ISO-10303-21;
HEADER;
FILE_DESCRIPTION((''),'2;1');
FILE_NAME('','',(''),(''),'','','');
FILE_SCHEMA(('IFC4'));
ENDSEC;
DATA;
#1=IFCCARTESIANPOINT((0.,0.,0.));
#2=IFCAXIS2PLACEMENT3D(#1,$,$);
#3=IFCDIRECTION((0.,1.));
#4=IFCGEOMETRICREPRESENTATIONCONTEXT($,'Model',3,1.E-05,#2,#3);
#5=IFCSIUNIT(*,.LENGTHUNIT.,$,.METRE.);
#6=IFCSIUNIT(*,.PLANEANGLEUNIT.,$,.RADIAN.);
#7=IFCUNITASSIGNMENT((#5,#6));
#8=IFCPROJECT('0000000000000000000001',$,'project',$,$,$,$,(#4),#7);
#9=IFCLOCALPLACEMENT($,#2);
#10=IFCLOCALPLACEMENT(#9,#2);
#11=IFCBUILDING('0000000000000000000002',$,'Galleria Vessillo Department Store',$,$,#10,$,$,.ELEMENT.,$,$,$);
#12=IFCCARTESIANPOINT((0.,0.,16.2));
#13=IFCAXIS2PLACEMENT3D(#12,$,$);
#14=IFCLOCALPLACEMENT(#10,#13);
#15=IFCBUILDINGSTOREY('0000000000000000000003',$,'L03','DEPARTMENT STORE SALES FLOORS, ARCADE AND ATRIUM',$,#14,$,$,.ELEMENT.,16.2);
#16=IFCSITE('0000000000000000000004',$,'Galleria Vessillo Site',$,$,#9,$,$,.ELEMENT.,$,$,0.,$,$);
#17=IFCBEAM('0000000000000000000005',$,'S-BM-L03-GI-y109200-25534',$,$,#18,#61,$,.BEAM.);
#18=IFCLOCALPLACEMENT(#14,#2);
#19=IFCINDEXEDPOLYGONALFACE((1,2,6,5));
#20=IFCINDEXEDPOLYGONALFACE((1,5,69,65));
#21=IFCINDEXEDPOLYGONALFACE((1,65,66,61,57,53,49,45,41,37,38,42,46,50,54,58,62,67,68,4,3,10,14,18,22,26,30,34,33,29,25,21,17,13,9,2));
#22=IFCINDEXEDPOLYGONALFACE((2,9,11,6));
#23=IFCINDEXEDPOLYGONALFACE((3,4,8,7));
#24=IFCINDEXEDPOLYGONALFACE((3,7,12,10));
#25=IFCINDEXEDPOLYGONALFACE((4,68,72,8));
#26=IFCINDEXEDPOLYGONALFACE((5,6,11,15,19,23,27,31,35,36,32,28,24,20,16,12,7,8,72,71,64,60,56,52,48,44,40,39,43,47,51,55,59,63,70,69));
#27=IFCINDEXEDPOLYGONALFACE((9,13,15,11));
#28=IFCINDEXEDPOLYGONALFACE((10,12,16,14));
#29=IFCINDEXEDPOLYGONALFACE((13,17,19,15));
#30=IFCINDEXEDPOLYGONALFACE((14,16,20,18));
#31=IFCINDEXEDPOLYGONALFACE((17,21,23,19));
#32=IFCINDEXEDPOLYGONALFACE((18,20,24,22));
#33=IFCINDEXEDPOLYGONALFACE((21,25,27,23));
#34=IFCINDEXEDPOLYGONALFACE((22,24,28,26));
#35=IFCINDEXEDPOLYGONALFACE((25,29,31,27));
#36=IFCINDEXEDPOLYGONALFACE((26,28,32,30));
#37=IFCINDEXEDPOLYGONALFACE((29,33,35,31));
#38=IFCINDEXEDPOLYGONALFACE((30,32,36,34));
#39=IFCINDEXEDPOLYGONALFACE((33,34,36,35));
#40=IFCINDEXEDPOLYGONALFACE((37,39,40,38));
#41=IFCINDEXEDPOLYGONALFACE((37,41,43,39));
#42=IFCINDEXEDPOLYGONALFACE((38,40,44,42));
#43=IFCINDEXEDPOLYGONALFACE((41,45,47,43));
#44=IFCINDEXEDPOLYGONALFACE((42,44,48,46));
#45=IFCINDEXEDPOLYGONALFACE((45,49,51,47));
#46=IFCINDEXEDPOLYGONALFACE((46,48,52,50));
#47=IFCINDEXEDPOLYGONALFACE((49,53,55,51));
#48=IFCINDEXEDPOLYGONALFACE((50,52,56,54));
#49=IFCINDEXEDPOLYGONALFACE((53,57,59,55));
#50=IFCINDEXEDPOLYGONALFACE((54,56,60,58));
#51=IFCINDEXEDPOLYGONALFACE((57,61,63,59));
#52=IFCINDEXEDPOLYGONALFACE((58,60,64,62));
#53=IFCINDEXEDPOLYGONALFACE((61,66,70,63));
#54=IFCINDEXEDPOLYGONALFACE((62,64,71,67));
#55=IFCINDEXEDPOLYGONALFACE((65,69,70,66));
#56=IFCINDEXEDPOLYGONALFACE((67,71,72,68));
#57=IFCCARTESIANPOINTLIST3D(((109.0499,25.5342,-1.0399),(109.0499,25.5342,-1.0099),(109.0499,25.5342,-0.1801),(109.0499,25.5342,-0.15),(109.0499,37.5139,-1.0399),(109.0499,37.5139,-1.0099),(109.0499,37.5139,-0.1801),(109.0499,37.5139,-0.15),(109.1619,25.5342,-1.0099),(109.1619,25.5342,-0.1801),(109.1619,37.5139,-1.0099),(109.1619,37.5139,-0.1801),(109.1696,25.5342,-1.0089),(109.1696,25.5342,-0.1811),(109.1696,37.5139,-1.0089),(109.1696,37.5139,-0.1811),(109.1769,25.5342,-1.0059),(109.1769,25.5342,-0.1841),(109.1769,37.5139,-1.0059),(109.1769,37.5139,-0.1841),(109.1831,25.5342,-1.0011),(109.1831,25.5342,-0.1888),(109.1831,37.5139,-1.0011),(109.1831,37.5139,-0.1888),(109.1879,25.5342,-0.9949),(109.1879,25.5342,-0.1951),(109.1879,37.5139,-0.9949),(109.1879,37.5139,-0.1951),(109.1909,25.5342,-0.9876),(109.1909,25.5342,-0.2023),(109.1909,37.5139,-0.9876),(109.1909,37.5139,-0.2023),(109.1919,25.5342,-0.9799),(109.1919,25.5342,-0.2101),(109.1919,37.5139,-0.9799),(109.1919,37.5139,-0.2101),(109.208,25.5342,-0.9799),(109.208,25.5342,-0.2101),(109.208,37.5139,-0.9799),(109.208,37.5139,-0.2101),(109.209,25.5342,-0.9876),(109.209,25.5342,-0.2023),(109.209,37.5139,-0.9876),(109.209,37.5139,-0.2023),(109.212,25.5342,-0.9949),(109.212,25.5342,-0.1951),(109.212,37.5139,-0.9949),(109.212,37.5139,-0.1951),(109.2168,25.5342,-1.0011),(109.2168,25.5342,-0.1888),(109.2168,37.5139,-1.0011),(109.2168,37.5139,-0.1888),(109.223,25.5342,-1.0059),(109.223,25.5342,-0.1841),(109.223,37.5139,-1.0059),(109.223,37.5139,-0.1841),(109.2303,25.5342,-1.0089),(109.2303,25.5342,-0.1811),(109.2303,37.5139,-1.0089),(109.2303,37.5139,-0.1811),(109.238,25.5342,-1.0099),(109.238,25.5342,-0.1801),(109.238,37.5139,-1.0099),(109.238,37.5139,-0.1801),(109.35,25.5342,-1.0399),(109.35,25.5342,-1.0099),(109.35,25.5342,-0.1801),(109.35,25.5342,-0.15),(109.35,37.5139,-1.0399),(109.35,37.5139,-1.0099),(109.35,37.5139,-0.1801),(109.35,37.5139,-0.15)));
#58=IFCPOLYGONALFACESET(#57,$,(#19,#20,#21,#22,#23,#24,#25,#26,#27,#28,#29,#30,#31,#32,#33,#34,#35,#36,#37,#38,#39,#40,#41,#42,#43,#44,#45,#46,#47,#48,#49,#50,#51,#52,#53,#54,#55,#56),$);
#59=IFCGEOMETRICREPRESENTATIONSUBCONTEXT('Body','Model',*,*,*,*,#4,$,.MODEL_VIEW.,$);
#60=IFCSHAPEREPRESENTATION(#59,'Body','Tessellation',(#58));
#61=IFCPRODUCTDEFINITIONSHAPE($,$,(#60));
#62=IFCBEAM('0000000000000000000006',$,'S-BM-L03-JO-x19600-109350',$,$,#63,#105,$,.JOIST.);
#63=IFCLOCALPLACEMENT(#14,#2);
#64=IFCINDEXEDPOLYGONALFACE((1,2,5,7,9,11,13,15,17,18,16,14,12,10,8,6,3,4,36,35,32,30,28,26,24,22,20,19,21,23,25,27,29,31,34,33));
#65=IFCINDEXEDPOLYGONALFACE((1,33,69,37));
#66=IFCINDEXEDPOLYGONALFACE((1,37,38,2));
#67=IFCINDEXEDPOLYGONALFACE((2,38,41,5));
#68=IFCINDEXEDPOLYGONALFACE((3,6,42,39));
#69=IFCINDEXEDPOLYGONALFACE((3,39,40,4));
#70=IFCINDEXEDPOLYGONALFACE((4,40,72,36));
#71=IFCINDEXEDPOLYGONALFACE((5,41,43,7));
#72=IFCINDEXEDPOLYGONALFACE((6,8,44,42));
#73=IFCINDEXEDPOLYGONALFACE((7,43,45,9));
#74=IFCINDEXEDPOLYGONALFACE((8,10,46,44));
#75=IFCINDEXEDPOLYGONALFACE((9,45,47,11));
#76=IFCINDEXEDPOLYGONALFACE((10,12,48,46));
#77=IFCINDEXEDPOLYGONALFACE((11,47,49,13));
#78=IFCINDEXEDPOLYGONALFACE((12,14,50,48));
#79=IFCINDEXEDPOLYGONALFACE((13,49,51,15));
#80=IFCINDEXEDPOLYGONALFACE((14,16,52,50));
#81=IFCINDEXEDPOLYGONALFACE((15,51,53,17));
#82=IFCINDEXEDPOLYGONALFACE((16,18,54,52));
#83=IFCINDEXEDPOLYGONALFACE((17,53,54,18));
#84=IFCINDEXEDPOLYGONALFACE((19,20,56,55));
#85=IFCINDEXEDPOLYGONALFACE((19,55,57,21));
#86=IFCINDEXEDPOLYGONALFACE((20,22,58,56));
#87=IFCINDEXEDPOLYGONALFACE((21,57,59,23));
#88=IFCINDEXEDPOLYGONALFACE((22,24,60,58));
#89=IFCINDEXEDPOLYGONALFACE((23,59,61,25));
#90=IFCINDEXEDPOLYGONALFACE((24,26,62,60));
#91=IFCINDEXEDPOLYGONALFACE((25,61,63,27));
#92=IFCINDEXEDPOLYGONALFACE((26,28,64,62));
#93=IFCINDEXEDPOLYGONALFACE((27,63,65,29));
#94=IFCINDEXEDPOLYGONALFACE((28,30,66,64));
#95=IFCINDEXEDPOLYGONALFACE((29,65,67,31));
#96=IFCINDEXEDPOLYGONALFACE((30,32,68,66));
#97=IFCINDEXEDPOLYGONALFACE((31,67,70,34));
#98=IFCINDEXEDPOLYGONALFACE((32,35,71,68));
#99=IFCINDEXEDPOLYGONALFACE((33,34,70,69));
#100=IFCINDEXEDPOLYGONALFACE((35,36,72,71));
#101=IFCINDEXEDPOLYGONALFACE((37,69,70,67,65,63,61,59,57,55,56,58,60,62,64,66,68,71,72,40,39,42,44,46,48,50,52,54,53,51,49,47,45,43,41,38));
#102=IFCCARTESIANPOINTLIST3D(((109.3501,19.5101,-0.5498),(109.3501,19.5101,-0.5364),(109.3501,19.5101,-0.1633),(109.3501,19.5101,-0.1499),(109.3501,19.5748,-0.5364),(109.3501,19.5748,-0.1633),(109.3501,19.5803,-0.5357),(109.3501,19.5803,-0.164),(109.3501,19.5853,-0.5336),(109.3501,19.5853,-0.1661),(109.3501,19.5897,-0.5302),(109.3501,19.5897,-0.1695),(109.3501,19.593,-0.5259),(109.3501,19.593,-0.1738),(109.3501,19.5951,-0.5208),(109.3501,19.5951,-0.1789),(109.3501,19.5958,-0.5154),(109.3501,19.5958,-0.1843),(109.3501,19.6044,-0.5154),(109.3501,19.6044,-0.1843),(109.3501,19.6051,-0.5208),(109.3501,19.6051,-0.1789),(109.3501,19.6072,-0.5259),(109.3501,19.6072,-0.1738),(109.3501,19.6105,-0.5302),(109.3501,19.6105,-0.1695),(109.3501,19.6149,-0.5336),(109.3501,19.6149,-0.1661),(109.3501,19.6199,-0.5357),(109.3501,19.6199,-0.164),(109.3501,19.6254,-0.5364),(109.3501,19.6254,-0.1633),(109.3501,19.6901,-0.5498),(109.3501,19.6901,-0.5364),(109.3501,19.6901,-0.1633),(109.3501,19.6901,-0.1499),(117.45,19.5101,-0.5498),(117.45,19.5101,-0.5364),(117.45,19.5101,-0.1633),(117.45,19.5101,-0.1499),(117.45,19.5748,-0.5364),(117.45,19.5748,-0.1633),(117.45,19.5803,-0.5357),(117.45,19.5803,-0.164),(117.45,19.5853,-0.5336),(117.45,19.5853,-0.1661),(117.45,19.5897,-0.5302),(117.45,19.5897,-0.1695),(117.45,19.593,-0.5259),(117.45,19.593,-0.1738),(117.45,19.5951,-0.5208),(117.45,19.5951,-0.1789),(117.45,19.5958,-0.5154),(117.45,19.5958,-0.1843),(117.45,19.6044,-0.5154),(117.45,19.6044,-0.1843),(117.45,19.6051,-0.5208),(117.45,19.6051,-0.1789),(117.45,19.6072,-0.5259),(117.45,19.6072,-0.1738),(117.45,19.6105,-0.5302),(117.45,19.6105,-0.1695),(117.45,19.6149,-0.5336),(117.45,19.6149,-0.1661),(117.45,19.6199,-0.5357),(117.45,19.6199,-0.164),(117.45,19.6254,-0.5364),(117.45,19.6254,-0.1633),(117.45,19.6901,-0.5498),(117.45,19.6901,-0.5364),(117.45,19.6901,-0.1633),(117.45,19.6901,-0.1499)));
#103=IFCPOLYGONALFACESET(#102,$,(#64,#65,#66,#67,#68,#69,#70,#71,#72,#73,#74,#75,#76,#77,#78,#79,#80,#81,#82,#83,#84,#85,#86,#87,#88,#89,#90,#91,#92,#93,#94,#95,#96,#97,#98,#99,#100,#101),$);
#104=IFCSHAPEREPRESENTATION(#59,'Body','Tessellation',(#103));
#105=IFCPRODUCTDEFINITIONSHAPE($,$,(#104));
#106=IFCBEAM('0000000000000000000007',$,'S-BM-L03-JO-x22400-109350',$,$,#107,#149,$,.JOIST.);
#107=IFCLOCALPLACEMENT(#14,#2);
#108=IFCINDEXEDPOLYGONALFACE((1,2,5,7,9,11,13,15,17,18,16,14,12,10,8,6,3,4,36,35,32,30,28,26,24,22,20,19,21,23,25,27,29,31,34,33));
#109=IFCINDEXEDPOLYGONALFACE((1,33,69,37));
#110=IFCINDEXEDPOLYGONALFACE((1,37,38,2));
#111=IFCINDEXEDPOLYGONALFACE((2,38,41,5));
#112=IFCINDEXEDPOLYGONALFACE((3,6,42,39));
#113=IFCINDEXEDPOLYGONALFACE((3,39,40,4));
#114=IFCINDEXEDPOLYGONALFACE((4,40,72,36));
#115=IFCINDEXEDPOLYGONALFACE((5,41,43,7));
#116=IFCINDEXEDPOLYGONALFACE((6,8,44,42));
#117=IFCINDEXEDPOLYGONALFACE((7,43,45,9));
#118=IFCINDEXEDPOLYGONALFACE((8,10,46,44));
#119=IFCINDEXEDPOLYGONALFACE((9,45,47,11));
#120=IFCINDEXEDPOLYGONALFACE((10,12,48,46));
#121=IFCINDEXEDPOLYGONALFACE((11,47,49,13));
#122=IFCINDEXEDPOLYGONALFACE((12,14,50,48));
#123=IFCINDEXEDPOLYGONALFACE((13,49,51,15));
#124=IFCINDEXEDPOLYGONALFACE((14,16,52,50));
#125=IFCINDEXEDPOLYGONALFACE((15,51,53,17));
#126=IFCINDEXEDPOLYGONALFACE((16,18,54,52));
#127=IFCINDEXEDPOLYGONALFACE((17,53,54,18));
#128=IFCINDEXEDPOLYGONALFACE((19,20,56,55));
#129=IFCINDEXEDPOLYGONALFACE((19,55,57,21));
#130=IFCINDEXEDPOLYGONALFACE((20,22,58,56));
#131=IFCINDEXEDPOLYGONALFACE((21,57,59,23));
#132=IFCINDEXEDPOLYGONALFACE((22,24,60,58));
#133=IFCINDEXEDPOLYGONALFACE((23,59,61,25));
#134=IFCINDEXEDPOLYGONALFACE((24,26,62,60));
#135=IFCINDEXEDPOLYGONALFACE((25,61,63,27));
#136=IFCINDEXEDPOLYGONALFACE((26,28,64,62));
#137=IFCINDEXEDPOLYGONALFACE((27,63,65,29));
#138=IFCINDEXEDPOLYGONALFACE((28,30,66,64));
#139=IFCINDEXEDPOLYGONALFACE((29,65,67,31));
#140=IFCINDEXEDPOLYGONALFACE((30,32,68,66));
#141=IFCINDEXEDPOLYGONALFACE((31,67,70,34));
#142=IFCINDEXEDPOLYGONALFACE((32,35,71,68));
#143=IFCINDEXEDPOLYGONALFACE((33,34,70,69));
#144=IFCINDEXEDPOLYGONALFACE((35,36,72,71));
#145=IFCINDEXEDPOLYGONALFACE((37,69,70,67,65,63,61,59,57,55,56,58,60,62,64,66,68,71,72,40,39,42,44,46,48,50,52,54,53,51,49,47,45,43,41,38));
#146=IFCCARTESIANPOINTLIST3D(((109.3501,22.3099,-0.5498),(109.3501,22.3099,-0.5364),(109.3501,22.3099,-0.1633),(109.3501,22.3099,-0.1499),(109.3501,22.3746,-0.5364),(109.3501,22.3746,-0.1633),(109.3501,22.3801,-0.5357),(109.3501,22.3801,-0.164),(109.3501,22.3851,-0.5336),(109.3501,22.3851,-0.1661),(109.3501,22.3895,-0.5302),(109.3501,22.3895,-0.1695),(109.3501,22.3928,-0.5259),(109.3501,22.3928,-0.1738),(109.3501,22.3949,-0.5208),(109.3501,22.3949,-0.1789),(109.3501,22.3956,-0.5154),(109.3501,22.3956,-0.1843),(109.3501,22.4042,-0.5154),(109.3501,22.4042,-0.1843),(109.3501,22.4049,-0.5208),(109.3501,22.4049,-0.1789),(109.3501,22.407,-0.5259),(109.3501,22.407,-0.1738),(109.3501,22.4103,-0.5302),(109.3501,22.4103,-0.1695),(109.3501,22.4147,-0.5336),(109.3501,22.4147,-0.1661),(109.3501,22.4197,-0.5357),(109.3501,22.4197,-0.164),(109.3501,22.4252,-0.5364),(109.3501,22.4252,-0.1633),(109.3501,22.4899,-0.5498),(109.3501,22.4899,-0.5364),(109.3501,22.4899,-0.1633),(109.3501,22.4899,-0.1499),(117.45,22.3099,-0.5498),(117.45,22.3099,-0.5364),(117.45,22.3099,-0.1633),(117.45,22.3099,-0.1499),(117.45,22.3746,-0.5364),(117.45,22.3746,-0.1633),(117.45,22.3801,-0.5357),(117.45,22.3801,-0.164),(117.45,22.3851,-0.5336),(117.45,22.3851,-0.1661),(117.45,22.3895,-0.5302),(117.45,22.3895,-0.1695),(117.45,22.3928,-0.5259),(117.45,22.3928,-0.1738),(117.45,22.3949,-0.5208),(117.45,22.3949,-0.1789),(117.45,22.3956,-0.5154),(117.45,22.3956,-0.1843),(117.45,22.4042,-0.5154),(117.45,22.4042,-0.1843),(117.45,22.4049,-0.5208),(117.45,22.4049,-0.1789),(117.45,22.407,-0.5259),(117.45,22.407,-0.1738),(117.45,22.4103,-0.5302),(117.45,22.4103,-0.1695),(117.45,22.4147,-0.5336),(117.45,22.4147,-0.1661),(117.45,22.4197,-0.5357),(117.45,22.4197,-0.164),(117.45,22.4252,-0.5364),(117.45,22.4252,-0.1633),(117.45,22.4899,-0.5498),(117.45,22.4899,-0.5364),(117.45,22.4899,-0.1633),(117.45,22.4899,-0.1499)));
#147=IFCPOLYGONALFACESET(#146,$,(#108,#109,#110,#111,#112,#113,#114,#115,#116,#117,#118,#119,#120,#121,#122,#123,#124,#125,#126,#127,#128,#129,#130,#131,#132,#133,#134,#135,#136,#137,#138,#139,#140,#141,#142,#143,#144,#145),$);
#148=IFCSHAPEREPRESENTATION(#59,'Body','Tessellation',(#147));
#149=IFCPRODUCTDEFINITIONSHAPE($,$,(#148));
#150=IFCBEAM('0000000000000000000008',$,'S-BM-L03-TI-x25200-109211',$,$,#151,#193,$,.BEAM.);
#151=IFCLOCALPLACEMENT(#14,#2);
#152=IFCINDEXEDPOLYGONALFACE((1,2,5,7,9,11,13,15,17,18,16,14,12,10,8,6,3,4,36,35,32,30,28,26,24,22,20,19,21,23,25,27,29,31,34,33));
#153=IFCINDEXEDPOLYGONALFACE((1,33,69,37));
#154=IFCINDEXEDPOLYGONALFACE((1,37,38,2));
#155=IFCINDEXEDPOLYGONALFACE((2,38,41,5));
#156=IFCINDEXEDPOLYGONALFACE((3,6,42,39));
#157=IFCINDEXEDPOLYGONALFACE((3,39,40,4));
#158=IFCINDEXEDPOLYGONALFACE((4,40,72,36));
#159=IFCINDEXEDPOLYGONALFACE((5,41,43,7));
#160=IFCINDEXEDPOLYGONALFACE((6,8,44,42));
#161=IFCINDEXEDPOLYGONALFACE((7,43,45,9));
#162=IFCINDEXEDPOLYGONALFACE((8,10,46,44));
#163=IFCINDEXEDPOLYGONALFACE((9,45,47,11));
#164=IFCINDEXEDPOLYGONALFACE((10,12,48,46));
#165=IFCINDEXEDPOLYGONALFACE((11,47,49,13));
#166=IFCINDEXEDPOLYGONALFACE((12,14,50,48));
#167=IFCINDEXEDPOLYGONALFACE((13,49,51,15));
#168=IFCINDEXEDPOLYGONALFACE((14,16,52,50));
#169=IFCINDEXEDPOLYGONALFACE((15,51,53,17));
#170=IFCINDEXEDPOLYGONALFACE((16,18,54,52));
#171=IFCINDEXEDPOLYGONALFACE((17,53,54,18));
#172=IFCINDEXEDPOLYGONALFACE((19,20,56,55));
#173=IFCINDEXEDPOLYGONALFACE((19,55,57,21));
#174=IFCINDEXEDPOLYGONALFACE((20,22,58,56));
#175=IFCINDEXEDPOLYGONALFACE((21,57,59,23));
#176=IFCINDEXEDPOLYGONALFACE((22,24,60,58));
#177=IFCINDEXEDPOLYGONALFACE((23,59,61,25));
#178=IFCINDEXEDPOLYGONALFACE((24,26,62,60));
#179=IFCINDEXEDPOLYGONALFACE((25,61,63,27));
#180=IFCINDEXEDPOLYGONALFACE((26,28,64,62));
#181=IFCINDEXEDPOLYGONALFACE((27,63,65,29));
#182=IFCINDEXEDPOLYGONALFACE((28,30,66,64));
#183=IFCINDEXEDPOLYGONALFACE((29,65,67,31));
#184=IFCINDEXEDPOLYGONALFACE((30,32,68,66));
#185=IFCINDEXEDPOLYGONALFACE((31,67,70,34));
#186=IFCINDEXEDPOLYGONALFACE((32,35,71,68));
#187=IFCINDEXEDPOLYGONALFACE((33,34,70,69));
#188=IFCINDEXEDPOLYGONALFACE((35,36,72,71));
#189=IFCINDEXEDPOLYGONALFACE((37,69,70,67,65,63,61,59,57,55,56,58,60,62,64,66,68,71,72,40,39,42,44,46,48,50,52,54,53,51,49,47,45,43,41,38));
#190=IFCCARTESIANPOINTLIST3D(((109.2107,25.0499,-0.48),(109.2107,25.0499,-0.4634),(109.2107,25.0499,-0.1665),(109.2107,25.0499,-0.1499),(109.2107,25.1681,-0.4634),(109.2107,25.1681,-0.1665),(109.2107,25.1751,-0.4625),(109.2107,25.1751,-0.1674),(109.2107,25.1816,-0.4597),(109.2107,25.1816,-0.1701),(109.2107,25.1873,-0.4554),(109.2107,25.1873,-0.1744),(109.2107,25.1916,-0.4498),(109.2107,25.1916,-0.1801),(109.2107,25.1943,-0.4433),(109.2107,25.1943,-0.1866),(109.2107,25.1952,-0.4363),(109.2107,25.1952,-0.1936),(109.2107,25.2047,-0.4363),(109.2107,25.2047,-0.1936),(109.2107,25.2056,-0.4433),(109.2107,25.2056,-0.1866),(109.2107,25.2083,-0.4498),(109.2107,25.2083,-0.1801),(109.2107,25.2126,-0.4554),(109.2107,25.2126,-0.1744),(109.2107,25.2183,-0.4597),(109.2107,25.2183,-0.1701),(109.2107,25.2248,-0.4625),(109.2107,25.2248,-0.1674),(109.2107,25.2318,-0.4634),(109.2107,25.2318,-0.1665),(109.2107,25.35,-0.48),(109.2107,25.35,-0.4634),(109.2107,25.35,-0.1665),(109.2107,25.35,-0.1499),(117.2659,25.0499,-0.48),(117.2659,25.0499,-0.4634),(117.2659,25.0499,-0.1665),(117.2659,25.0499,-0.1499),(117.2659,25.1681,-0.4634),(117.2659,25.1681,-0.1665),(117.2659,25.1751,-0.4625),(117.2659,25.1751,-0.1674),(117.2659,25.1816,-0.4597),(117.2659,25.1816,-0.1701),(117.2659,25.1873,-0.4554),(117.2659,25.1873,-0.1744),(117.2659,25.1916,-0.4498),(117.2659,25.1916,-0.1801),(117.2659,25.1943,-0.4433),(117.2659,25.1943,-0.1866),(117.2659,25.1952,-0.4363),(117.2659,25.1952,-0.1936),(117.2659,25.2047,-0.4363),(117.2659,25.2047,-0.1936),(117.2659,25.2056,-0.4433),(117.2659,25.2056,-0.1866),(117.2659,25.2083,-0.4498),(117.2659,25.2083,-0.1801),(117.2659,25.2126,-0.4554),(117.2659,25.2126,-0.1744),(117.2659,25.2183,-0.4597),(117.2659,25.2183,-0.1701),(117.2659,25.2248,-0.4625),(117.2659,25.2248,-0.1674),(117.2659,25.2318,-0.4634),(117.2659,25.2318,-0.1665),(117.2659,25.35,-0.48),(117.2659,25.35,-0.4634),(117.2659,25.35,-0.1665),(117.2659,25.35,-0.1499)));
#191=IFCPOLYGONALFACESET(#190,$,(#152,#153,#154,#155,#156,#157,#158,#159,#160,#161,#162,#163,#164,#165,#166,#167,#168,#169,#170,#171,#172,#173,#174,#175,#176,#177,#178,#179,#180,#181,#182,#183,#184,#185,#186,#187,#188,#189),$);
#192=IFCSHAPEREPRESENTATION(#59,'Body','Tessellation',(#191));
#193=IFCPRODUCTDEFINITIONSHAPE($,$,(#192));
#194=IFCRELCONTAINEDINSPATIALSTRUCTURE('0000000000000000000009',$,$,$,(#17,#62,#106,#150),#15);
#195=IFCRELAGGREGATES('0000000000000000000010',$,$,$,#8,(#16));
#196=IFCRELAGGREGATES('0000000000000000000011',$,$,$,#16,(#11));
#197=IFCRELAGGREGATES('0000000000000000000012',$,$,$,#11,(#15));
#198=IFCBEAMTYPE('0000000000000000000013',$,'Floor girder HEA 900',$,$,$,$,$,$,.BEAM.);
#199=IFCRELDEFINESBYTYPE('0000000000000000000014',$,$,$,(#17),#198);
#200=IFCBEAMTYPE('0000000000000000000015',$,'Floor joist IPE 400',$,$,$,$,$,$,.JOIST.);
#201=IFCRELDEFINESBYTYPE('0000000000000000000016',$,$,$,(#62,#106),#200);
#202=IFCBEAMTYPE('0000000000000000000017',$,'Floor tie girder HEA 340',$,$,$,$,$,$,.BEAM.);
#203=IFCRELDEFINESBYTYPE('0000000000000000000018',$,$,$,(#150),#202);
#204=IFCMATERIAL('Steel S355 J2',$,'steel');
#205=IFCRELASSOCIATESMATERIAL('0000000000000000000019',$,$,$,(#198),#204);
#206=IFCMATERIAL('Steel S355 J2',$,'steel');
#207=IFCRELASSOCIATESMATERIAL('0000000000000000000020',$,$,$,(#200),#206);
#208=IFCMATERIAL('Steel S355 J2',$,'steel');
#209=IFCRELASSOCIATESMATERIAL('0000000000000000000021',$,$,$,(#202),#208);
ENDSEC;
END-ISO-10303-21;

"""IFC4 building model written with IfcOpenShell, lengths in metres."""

from ifc_helpers import new_model, si_unit, direction, frame, origin, origin_2d, place, context, subcontext, project, spatial, i_section, extrude, material, material_profile, profile_set, type_object, element, save


model = new_model("IFC4")

# Units and contexts
model_context = context("Model", 3, precision=1e-05, world=origin(), true_north=direction((0.0, 1.0)))
body_context = subcontext(model_context, "Body", "Model", "MODEL_VIEW")
ifc_project = project(units=[si_unit("LENGTHUNIT", "METRE"), si_unit("PLANEANGLEUNIT", "RADIAN")], contexts=[model_context])

# Site, building, storey
site_placement = place(None, origin())
site = spatial("IfcSite", under=ifc_project, at=site_placement, Name="Galleria Vessillo Site", CompositionType="ELEMENT", RefElevation=0.0)
building_placement = place(site_placement, origin())
building = spatial("IfcBuilding", under=site, at=building_placement, Name="Galleria Vessillo Department Store", CompositionType="ELEMENT")
storey_placement = place(building_placement, frame((0.0, 0.0, 16.2)))
storey = spatial("IfcBuildingStorey", under=building, at=storey_placement, Name="L03", Description="DEPARTMENT STORE SALES FLOORS, ARCADE AND ATRIUM", CompositionType="ELEMENT", Elevation=16.2)

# Beams
ifc_material_1 = material(Name="Steel S355 J2", Category="steel")
ifc_material_profile_1 = material_profile(ifc_material_1, i_section(OverallWidth=0.3, OverallDepth=0.8899, WebThickness=0.0161, FlangeThickness=0.03, FilletRadius=0.03, at=origin_2d()), Name="HEA 900")
ifc_profile_set_1 = profile_set([ifc_material_profile_1], Name="Steel S355 J2")
beam_type_1 = type_object("IfcBeamType", Name="Floor girder HEA 900", PredefinedType="BEAM", material=ifc_profile_set_1)
beam_1_placement = place(storey_placement, frame((109.2, 25.5342, -0.595), z_axis=(0.0, 1.0, 0.0), x_axis=(-1.0, 0.0, 0.0)))
element("IfcBeam", 1, at=beam_1_placement, inside=storey, type_object=beam_type_1, Name="S-BM-L03-GI-y109200-25534", PredefinedType="BEAM", context=body_context, shape_type="SweptSolid", body=[
    extrude(i_section(OverallWidth=0.3, OverallDepth=0.8899, WebThickness=0.0161, FlangeThickness=0.03, FilletRadius=0.03, at=origin_2d()), origin(), (0.0, 0.0, 1.0), 11.9797),
])
ifc_material_2 = material(Name="Steel S355 J2", Category="steel")
ifc_material_profile_2 = material_profile(ifc_material_2, i_section(OverallWidth=0.1799, OverallDepth=0.3999, WebThickness=0.0085, FlangeThickness=0.0134, FilletRadius=0.021, at=origin_2d()), Name="IPE 400")
ifc_profile_set_2 = profile_set([ifc_material_profile_2], Name="Steel S355 J2")
beam_type_2 = type_object("IfcBeamType", Name="Floor joist IPE 400", PredefinedType="JOIST", material=ifc_profile_set_2)
for number, where, z_axis, x_axis, name in (
    (2, (109.3501, 19.6001, -0.3499), (1.0, 0.0, 0.0), (0.0, 1.0, 0.0), "S-BM-L03-JO-x19600-109350"),
    (3, (109.3501, 22.3999, -0.3499), (1.0, 0.0, 0.0), (0.0, 1.0, 0.0), "S-BM-L03-JO-x22400-109350"),
):
    element("IfcBeam", number, at=place(storey_placement, frame(where, z_axis=z_axis, x_axis=x_axis)), inside=storey, type_object=beam_type_2, Name=name, PredefinedType="JOIST", context=body_context, shape_type="SweptSolid", body=[
        extrude(i_section(OverallWidth=0.1799, OverallDepth=0.3999, WebThickness=0.0085, FlangeThickness=0.0134, FilletRadius=0.021, at=origin_2d()), origin(), (0.0, 0.0, 1.0), 8.0999),
    ])
ifc_material_3 = material(Name="Steel S355 J2", Category="steel")
ifc_material_profile_3 = material_profile(ifc_material_3, i_section(OverallWidth=0.3, OverallDepth=0.3301, WebThickness=0.0095, FlangeThickness=0.0166, FilletRadius=0.0271, at=origin_2d()), Name="HEA 340")
ifc_profile_set_3 = profile_set([ifc_material_profile_3], Name="Steel S355 J2")
beam_type_3 = type_object("IfcBeamType", Name="Floor tie girder HEA 340", PredefinedType="BEAM", material=ifc_profile_set_3)
beam_2_placement = place(storey_placement, frame((109.2107, 25.2, -0.3149), z_axis=(1.0, 0.0, 0.0), x_axis=(0.0, 1.0, 0.0)))
element("IfcBeam", 4, at=beam_2_placement, inside=storey, type_object=beam_type_3, Name="S-BM-L03-TI-x25200-109211", PredefinedType="BEAM", context=body_context, shape_type="SweptSolid", body=[
    extrude(i_section(OverallWidth=0.3, OverallDepth=0.3301, WebThickness=0.0095, FlangeThickness=0.0166, FilletRadius=0.0271, at=origin_2d()), origin(), (0.0, 0.0, 1.0), 8.0552),
])

save(model, "model.ifc")
